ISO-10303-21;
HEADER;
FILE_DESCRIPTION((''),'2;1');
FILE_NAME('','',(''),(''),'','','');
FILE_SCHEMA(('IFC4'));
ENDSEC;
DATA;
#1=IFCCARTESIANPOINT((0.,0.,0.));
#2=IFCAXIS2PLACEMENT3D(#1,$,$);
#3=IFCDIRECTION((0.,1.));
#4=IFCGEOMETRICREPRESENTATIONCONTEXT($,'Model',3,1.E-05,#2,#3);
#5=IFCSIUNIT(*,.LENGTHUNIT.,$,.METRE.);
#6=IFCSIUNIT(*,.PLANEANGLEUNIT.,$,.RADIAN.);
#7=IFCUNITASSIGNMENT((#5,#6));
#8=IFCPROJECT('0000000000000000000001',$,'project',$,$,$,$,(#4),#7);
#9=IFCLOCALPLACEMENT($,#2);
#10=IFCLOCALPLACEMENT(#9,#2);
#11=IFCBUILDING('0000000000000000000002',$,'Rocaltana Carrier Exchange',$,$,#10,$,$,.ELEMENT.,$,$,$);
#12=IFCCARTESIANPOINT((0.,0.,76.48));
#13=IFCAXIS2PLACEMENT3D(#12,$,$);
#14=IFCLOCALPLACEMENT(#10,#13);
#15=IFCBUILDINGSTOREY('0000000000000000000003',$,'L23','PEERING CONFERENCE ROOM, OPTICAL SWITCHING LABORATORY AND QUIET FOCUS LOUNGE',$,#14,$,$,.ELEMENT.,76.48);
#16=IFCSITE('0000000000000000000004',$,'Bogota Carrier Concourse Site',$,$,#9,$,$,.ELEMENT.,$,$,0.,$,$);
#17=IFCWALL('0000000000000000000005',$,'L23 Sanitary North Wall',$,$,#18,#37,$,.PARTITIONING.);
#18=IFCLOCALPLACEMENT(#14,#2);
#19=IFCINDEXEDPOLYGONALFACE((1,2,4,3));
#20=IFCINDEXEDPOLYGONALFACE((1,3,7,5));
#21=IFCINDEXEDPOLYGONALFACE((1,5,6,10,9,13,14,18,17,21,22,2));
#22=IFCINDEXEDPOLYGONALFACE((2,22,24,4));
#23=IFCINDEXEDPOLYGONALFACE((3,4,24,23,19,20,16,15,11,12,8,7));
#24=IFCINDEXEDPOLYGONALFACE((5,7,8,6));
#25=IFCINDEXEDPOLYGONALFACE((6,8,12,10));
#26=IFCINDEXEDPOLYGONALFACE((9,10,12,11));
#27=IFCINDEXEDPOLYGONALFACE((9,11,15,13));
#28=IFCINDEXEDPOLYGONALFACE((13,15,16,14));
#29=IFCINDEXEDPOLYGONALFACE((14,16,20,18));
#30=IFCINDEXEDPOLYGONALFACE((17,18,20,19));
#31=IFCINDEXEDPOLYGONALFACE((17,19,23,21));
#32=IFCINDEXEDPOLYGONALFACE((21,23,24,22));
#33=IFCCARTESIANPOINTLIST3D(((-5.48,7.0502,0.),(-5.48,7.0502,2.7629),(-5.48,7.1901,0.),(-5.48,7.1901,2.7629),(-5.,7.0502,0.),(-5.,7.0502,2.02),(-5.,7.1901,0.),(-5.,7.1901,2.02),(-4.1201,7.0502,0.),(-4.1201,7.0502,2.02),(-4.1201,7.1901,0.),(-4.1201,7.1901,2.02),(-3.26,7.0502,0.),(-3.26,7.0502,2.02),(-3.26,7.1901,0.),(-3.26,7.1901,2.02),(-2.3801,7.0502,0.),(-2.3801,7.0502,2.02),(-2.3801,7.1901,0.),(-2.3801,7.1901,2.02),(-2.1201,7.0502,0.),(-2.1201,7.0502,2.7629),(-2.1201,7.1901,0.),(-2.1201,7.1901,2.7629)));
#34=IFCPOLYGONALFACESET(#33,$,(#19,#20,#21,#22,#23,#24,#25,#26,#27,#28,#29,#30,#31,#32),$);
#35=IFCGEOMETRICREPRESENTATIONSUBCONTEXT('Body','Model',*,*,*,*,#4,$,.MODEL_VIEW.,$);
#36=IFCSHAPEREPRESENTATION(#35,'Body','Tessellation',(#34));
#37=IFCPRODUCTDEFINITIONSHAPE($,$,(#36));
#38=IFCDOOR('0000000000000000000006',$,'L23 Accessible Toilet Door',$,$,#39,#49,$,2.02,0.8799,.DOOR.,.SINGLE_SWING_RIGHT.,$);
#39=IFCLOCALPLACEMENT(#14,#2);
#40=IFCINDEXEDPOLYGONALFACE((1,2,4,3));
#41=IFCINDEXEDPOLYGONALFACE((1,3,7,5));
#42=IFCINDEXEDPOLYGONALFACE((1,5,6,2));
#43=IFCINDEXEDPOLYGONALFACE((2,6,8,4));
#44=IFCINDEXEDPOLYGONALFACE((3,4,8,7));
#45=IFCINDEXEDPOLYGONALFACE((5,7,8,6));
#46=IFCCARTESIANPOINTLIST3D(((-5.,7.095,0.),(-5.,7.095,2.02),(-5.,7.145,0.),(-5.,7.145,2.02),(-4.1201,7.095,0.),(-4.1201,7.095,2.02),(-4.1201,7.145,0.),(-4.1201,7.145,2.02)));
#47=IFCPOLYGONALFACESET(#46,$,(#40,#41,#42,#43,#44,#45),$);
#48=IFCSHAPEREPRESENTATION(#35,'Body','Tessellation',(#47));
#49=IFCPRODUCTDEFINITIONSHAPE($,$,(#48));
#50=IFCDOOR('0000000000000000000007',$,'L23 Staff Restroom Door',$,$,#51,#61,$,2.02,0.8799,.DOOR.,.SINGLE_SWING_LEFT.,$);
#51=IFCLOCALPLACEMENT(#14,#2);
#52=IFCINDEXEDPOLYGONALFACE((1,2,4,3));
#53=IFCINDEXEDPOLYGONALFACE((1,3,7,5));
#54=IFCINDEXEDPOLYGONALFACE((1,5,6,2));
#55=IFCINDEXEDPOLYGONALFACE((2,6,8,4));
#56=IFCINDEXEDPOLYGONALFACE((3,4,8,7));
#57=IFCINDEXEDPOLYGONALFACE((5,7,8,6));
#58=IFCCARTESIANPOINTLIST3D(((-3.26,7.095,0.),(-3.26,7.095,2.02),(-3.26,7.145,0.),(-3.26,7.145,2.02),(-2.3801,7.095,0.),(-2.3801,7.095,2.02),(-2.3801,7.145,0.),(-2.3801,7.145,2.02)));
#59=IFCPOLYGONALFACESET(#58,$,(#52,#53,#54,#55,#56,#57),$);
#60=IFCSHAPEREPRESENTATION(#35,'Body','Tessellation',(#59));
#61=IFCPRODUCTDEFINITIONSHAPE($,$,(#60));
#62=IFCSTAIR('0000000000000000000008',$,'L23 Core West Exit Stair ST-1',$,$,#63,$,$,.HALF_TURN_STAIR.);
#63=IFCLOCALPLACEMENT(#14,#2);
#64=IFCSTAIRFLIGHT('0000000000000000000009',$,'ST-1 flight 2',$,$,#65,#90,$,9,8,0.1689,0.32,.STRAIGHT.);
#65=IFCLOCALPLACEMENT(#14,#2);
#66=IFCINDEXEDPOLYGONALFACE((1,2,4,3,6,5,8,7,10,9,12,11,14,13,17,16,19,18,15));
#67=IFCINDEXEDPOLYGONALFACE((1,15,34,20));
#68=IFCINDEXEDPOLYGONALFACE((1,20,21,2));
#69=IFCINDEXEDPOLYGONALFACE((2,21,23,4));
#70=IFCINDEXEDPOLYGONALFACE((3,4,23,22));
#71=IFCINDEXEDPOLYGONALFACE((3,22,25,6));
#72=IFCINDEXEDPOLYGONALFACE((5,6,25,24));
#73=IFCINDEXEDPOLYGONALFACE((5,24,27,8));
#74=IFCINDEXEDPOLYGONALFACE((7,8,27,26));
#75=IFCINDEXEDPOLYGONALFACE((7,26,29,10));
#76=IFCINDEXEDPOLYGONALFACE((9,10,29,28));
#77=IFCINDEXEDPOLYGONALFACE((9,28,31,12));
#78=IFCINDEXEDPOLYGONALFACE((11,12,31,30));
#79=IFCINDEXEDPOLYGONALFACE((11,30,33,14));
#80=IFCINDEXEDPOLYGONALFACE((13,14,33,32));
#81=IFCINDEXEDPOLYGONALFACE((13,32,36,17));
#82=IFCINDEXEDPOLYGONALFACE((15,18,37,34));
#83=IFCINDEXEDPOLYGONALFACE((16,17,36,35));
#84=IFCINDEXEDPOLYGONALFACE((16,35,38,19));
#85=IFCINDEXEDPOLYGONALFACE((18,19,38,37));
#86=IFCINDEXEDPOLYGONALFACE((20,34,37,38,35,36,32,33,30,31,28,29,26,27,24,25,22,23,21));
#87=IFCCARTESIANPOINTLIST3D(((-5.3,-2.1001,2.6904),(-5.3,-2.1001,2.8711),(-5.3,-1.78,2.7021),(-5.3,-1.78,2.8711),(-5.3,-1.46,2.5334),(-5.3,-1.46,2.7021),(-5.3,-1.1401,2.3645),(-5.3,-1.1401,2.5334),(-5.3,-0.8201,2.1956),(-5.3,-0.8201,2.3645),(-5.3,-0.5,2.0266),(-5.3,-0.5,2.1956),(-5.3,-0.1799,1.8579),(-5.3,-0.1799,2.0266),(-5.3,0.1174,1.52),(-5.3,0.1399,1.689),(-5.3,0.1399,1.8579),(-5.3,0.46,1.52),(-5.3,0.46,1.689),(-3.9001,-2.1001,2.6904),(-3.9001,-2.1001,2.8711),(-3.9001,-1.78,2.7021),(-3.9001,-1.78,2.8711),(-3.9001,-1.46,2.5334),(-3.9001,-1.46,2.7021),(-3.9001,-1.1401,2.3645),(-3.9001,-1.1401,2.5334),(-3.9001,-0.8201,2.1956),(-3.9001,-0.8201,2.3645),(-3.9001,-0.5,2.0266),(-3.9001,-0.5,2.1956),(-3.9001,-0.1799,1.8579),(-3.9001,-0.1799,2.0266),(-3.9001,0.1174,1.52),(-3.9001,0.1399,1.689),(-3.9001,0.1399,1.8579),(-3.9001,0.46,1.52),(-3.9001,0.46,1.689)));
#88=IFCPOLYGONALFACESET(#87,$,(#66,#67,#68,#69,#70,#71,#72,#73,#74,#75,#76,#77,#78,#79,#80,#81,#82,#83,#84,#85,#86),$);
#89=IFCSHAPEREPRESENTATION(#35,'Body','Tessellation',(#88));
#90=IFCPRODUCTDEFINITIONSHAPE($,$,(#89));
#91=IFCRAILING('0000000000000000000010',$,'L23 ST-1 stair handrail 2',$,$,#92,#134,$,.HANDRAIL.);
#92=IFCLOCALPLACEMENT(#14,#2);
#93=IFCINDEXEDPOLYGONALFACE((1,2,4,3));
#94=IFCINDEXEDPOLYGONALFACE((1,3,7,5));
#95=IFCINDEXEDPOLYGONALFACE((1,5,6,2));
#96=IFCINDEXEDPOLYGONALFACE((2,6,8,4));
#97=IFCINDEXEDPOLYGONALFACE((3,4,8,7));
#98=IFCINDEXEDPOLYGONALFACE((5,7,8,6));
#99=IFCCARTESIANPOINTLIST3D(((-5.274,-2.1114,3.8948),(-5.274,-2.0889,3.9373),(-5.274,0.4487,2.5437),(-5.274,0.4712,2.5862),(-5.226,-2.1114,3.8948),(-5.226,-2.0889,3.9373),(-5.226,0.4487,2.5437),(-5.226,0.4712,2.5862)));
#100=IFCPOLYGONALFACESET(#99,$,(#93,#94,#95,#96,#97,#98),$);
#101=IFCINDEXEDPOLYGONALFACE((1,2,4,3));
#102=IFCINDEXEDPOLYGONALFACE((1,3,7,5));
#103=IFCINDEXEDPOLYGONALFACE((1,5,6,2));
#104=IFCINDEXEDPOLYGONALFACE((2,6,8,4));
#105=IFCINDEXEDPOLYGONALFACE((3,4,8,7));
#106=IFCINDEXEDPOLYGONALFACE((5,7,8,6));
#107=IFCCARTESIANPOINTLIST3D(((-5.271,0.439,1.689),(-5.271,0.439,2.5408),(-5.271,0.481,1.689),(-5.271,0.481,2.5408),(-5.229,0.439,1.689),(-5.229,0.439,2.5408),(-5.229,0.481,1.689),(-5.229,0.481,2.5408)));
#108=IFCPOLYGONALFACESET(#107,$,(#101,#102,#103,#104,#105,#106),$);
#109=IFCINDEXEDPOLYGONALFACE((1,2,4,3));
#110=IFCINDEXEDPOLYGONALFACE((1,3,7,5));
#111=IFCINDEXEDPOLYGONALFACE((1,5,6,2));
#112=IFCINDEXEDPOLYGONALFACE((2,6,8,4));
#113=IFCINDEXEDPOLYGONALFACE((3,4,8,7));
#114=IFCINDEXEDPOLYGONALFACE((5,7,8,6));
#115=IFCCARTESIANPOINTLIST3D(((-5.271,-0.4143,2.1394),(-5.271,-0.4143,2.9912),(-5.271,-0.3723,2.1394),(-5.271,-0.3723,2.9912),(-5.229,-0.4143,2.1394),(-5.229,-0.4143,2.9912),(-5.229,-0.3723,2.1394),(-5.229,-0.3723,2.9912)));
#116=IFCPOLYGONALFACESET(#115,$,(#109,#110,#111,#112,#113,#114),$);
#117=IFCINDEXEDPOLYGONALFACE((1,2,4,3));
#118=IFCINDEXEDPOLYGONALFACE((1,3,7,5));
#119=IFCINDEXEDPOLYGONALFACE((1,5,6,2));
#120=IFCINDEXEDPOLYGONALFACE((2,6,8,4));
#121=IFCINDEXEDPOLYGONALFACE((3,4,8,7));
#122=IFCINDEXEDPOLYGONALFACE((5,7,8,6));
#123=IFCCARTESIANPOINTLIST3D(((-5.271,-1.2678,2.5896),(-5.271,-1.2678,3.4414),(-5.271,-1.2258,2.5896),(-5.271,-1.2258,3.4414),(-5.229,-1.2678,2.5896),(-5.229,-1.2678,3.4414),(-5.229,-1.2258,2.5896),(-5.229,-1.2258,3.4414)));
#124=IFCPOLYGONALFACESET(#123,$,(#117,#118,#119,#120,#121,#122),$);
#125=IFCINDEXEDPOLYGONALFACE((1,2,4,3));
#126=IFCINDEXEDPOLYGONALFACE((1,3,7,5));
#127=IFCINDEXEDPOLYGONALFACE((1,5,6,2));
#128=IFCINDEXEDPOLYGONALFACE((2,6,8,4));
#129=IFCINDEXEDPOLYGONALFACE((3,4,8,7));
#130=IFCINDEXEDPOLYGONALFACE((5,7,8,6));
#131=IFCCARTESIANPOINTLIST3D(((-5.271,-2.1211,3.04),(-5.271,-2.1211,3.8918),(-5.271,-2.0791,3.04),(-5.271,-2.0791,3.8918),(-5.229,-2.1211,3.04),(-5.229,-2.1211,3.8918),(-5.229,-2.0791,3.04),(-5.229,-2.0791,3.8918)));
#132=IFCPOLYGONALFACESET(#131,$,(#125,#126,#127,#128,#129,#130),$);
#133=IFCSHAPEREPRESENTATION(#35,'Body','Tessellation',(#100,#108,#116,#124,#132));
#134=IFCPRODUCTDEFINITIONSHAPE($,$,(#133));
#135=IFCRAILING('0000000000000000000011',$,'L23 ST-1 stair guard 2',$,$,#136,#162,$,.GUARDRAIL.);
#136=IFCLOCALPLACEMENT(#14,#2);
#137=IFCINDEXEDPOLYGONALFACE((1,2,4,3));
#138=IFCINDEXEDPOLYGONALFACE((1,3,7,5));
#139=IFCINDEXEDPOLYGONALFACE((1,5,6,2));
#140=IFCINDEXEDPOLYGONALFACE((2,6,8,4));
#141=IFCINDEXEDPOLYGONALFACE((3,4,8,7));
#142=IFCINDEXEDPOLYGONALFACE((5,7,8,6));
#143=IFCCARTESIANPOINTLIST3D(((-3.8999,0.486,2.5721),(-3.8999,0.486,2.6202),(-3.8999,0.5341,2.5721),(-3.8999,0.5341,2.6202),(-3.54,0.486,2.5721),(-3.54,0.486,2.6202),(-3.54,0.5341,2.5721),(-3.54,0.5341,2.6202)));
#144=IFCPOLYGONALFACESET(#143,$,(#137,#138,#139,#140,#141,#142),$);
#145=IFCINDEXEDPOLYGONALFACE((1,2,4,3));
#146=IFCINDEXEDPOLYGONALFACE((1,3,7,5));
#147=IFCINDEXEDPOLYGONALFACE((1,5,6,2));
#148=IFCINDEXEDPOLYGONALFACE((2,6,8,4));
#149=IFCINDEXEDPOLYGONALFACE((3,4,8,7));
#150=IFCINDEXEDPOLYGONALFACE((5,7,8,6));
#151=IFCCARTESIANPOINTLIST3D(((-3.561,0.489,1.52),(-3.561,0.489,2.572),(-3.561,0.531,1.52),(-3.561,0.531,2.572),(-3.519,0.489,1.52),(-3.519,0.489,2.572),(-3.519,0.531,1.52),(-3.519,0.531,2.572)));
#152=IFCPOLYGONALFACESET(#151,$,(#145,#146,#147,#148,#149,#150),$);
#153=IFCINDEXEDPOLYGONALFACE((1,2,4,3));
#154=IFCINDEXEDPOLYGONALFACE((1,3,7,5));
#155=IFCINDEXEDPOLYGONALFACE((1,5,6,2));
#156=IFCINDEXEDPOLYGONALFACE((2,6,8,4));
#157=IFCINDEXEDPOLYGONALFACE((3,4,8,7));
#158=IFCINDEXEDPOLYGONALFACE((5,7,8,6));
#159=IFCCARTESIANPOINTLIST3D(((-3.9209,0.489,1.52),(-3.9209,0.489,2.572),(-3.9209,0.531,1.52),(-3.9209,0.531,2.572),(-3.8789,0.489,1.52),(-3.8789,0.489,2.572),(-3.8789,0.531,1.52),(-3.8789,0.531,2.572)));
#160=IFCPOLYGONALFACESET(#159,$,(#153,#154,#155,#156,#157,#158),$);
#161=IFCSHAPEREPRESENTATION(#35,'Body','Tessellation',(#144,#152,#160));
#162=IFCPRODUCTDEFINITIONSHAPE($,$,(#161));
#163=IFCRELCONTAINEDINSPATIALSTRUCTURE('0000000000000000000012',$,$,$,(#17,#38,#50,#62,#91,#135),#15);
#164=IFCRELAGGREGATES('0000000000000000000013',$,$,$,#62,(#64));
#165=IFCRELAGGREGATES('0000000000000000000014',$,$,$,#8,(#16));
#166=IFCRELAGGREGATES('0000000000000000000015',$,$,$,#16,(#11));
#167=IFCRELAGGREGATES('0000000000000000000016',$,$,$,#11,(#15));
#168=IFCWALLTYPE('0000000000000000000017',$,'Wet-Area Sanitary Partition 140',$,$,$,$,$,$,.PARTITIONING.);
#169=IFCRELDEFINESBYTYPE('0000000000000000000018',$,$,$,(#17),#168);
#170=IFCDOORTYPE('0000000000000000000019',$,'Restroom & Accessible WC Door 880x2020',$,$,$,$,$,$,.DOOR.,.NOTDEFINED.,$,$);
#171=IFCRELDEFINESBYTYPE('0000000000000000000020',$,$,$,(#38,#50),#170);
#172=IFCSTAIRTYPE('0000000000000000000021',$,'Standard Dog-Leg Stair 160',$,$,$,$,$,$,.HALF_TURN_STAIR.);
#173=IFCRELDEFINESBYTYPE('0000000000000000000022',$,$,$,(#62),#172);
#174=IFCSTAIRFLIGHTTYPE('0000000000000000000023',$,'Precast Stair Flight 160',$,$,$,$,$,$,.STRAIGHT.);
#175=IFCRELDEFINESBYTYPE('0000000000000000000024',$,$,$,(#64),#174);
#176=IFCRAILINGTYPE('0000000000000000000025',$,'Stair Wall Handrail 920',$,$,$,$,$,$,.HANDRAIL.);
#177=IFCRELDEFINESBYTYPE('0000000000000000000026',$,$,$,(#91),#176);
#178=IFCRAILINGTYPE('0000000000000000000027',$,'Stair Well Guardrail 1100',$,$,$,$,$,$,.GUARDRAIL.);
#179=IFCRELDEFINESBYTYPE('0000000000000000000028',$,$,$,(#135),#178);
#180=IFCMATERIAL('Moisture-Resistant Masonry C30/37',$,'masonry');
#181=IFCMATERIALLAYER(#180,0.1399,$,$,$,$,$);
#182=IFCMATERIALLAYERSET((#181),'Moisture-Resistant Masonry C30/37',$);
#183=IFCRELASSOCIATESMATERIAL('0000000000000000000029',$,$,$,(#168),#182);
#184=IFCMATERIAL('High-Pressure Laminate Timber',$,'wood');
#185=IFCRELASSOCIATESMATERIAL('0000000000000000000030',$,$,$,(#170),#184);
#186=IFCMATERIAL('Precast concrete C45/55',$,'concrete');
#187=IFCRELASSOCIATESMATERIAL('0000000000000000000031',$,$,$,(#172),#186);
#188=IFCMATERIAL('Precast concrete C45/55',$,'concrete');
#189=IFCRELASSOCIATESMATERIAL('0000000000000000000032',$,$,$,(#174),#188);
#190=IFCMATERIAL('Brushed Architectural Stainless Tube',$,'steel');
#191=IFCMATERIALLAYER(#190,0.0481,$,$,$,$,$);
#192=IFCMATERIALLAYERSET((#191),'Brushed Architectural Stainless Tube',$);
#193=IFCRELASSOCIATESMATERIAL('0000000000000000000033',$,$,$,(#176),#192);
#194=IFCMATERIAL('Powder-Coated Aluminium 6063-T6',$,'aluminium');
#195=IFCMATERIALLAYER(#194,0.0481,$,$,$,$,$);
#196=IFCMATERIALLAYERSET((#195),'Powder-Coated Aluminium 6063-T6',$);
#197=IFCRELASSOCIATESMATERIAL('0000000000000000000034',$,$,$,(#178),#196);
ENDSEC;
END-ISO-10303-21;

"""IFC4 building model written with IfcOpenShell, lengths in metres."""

from ifc_helpers import new_model, si_unit, direction, frame, frame_2d, origin, origin_2d, place, context, subcontext, project, spatial, polyline, rectangle, outline, extrude, material, layer, layer_set, type_object, element, fill, aggregate, save


model = new_model("IFC4")

# Units and contexts
model_context = context("Model", 3, precision=1e-05, world=origin(), true_north=direction((0.0, 1.0)))
body_context = subcontext(model_context, "Body", "Model", "MODEL_VIEW")
ifc_project = project(units=[si_unit("LENGTHUNIT", "METRE"), si_unit("PLANEANGLEUNIT", "RADIAN")], contexts=[model_context])

# Site, building, storey
site_placement = place(None, origin())
site = spatial("IfcSite", under=ifc_project, at=site_placement, Name="Bogota Carrier Concourse Site", CompositionType="ELEMENT", RefElevation=0.0)
building_placement = place(site_placement, origin())
building = spatial("IfcBuilding", under=site, at=building_placement, Name="Rocaltana Carrier Exchange", CompositionType="ELEMENT")
storey_placement = place(building_placement, frame((0.0, 0.0, 76.48)))
storey = spatial("IfcBuildingStorey", under=building, at=storey_placement, Name="L23", Description="PEERING CONFERENCE ROOM, OPTICAL SWITCHING LABORATORY AND QUIET FOCUS LOUNGE", CompositionType="ELEMENT", Elevation=76.48)

# Shared definitions
ifc_material_1 = material(Name="Moisture-Resistant Masonry C30/37", Category="masonry")
ifc_layer_1 = layer(ifc_material_1, 0.1399)
ifc_layer_set_1 = layer_set([ifc_layer_1], Name="Moisture-Resistant Masonry C30/37")
wall_type_1 = type_object("IfcWallType", Name="Wet-Area Sanitary Partition 140", PredefinedType="PARTITIONING", material=ifc_layer_set_1)

# Wall, openings, doors
wall_1_placement = place(storey_placement, frame((-5.48, 7.1201, 0.0), z_axis=(0.0, 0.0, 1.0), x_axis=(1.0, 0.0, 0.0)))
wall_1 = element("IfcWall", 1, at=wall_1_placement, inside=storey, type_object=wall_type_1, Name="L23 Sanitary North Wall", PredefinedType="PARTITIONING", context=body_context, shape_type="SweptSolid", body=[
    extrude(rectangle(XDim=3.3599, YDim=0.1399, at=frame_2d((1.6799, 0.0))), origin(), (0.0, 0.0, 1.0), 2.7629),
])
opening_1_placement = place(wall_1_placement, frame((0.48, 0.0, 0.0)))
opening_1 = element("IfcOpeningElement", 2, at=opening_1_placement, cuts=wall_1, PredefinedType="OPENING", context=body_context, shape_type="SweptSolid", body=[
    extrude(rectangle(XDim=0.8799, YDim=2.02, at=frame_2d((0.4399, 1.01))), frame((0.0, 0.0798, 0.0), z_axis=(0.0, -1.0, 0.0), x_axis=(1.0, 0.0, 0.0)), (0.0, 0.0, 1.0), 0.1599),
])
opening_2_placement = place(wall_1_placement, frame((2.22, 0.0, 0.0)))
opening_2 = element("IfcOpeningElement", 3, at=opening_2_placement, cuts=wall_1, PredefinedType="OPENING", context=body_context, shape_type="SweptSolid", body=[
    extrude(rectangle(XDim=0.8799, YDim=2.02, at=frame_2d((0.4399, 1.01))), frame((0.0, 0.0798, 0.0), z_axis=(0.0, -1.0, 0.0), x_axis=(1.0, 0.0, 0.0)), (0.0, 0.0, 1.0), 0.1599),
])
ifc_material_2 = material(Name="High-Pressure Laminate Timber", Category="wood")
door_type = type_object("IfcDoorType", Name="Restroom & Accessible WC Door 880x2020", OperationType="NOTDEFINED", PredefinedType="DOOR", material=ifc_material_2)
door_1_placement = place(opening_1_placement, origin())
door_1 = element("IfcDoor", 4, at=door_1_placement, inside=storey, type_object=door_type, Name="L23 Accessible Toilet Door", OperationType="SINGLE_SWING_RIGHT", OverallHeight=2.02, OverallWidth=0.8799, PredefinedType="DOOR", context=body_context, shape_type="SweptSolid", body=[
    extrude(rectangle(XDim=0.8799, YDim=2.02, at=frame_2d((0.4399, 1.01))), frame((0.0, 0.0249, 0.0), z_axis=(0.0, -1.0, 0.0), x_axis=(1.0, 0.0, 0.0)), (0.0, 0.0, 1.0), 0.05),
])
fill(opening_1, door_1)
door_2_placement = place(opening_2_placement, origin())
door_2 = element("IfcDoor", 5, at=door_2_placement, inside=storey, type_object=door_type, Name="L23 Staff Restroom Door", OperationType="SINGLE_SWING_LEFT", OverallHeight=2.02, OverallWidth=0.8799, PredefinedType="DOOR", context=body_context, shape_type="SweptSolid", body=[
    extrude(rectangle(XDim=0.8799, YDim=2.02, at=frame_2d((0.4399, 1.01))), frame((0.0, 0.0249, 0.0), z_axis=(0.0, -1.0, 0.0), x_axis=(1.0, 0.0, 0.0)), (0.0, 0.0, 1.0), 0.05),
])
fill(opening_2, door_2)

# Stair, stair flight
ifc_material_3 = material(Name="Precast concrete C45/55", Category="concrete")
stair_type = type_object("IfcStairType", Name="Standard Dog-Leg Stair 160", PredefinedType="HALF_TURN_STAIR", material=ifc_material_3)
stair_placement = place(storey_placement, origin())
stair = element("IfcStair", 6, at=stair_placement, inside=storey, type_object=stair_type, Name="L23 Core West Exit Stair ST-1", PredefinedType="HALF_TURN_STAIR")
ifc_material_4 = material(Name="Precast concrete C45/55", Category="concrete")
stair_flight_type = type_object("IfcStairFlightType", Name="Precast Stair Flight 160", PredefinedType="STRAIGHT", material=ifc_material_4)
stair_flight_placement = place(storey_placement, frame((-4.6001, 0.46, 1.52), z_axis=(0.0, 0.0, 1.0), x_axis=(0.0, -1.0, 0.0)))
stair_flight = element("IfcStairFlight", 7, at=stair_flight_placement, type_object=stair_flight_type, Name="ST-1 flight 2", NumberOfRisers=9, NumberOfTreads=8, PredefinedType="STRAIGHT", RiserHeight=0.1689, TreadLength=0.32, context=body_context, shape_type="SweptSolid", body=[
    extrude(outline(polyline([(0.0, 0.0), (0.0, 0.1689), (0.3201, 0.1689), (0.3201, 0.3379), (0.6399, 0.3379), (0.6399, 0.5066), (0.96, 0.5066), (0.96, 0.6755), (1.28, 0.6755), (1.28, 0.8445), (1.6001, 0.8445), (1.6001, 1.0134), (1.9199, 1.0134), (1.9199, 1.1821), (2.24, 1.1821), (2.24, 1.3511), (2.5601, 1.3511), (2.5601, 1.52), (2.5601, 1.1704), (0.3425, 0.0), (0.0, 0.0)])), frame((0.0, 0.7, 0.0), z_axis=(0.0, -1.0, 0.0), x_axis=(1.0, 0.0, 0.0)), (0.0, 0.0, 1.0), 1.3999),
])
aggregate(stair, [stair_flight])

# Railings
ifc_material_5 = material(Name="Brushed Architectural Stainless Tube", Category="steel")
ifc_layer_2 = layer(ifc_material_5, 0.0481)
ifc_layer_set_2 = layer_set([ifc_layer_2], Name="Brushed Architectural Stainless Tube")
railing_type_1 = type_object("IfcRailingType", Name="Stair Wall Handrail 920", PredefinedType="HANDRAIL", material=ifc_layer_set_2)
railing_1_placement = place(storey_placement, frame((-5.25, 0.46, 1.689)))
element("IfcRailing", 8, at=railing_1_placement, inside=storey, type_object=railing_type_1, Name="L23 ST-1 stair handrail 2", PredefinedType="HANDRAIL", context=body_context, shape_type="SweptSolid", body=[
    extrude(rectangle(XDim=0.0481, YDim=0.0481, at=origin_2d()), frame((0.0, 0.0, 0.876), z_axis=(0.0, -0.884394, 0.46674), x_axis=(1.0, 0.0, 0.0)), (0.0, 0.0, 1.0), 2.8948),
    extrude(rectangle(XDim=0.042, YDim=0.042, at=origin_2d()), origin(), (0.0, 0.0, 1.0), 0.8518),
    extrude(rectangle(XDim=0.042, YDim=0.042, at=origin_2d()), frame((0.0, -0.8533, 0.4504)), (0.0, 0.0, 1.0), 0.8518),
    extrude(rectangle(XDim=0.042, YDim=0.042, at=origin_2d()), frame((0.0, -1.7068, 0.9006)), (0.0, 0.0, 1.0), 0.8518),
    extrude(rectangle(XDim=0.042, YDim=0.042, at=origin_2d()), frame((0.0, -2.5601, 1.3511)), (0.0, 0.0, 1.0), 0.8518),
])
ifc_material_6 = material(Name="Powder-Coated Aluminium 6063-T6", Category="aluminium")
ifc_layer_3 = layer(ifc_material_6, 0.0481)
ifc_layer_set_3 = layer_set([ifc_layer_3], Name="Powder-Coated Aluminium 6063-T6")
railing_type_2 = type_object("IfcRailingType", Name="Stair Well Guardrail 1100", PredefinedType="GUARDRAIL", material=ifc_layer_set_3)
railing_2_placement = place(storey_placement, frame((-3.54, 0.51, 1.52)))
element("IfcRailing", 9, at=railing_2_placement, inside=storey, type_object=railing_type_2, Name="L23 ST-1 stair guard 2", PredefinedType="GUARDRAIL", context=body_context, shape_type="SweptSolid", body=[
    extrude(rectangle(XDim=0.0481, YDim=0.0481, at=origin_2d()), frame((0.0, 0.0, 1.0762), z_axis=(-1.0, 0.0, 0.0), x_axis=(0.0, -1.0, 0.0)), (0.0, 0.0, 1.0), 0.3599),
    extrude(rectangle(XDim=0.042, YDim=0.042, at=origin_2d()), origin(), (0.0, 0.0, 1.0), 1.052),
    extrude(rectangle(XDim=0.042, YDim=0.042, at=origin_2d()), frame((-0.3599, 0.0, 0.0)), (0.0, 0.0, 1.0), 1.052),
])

save(model, "model.ifc")
